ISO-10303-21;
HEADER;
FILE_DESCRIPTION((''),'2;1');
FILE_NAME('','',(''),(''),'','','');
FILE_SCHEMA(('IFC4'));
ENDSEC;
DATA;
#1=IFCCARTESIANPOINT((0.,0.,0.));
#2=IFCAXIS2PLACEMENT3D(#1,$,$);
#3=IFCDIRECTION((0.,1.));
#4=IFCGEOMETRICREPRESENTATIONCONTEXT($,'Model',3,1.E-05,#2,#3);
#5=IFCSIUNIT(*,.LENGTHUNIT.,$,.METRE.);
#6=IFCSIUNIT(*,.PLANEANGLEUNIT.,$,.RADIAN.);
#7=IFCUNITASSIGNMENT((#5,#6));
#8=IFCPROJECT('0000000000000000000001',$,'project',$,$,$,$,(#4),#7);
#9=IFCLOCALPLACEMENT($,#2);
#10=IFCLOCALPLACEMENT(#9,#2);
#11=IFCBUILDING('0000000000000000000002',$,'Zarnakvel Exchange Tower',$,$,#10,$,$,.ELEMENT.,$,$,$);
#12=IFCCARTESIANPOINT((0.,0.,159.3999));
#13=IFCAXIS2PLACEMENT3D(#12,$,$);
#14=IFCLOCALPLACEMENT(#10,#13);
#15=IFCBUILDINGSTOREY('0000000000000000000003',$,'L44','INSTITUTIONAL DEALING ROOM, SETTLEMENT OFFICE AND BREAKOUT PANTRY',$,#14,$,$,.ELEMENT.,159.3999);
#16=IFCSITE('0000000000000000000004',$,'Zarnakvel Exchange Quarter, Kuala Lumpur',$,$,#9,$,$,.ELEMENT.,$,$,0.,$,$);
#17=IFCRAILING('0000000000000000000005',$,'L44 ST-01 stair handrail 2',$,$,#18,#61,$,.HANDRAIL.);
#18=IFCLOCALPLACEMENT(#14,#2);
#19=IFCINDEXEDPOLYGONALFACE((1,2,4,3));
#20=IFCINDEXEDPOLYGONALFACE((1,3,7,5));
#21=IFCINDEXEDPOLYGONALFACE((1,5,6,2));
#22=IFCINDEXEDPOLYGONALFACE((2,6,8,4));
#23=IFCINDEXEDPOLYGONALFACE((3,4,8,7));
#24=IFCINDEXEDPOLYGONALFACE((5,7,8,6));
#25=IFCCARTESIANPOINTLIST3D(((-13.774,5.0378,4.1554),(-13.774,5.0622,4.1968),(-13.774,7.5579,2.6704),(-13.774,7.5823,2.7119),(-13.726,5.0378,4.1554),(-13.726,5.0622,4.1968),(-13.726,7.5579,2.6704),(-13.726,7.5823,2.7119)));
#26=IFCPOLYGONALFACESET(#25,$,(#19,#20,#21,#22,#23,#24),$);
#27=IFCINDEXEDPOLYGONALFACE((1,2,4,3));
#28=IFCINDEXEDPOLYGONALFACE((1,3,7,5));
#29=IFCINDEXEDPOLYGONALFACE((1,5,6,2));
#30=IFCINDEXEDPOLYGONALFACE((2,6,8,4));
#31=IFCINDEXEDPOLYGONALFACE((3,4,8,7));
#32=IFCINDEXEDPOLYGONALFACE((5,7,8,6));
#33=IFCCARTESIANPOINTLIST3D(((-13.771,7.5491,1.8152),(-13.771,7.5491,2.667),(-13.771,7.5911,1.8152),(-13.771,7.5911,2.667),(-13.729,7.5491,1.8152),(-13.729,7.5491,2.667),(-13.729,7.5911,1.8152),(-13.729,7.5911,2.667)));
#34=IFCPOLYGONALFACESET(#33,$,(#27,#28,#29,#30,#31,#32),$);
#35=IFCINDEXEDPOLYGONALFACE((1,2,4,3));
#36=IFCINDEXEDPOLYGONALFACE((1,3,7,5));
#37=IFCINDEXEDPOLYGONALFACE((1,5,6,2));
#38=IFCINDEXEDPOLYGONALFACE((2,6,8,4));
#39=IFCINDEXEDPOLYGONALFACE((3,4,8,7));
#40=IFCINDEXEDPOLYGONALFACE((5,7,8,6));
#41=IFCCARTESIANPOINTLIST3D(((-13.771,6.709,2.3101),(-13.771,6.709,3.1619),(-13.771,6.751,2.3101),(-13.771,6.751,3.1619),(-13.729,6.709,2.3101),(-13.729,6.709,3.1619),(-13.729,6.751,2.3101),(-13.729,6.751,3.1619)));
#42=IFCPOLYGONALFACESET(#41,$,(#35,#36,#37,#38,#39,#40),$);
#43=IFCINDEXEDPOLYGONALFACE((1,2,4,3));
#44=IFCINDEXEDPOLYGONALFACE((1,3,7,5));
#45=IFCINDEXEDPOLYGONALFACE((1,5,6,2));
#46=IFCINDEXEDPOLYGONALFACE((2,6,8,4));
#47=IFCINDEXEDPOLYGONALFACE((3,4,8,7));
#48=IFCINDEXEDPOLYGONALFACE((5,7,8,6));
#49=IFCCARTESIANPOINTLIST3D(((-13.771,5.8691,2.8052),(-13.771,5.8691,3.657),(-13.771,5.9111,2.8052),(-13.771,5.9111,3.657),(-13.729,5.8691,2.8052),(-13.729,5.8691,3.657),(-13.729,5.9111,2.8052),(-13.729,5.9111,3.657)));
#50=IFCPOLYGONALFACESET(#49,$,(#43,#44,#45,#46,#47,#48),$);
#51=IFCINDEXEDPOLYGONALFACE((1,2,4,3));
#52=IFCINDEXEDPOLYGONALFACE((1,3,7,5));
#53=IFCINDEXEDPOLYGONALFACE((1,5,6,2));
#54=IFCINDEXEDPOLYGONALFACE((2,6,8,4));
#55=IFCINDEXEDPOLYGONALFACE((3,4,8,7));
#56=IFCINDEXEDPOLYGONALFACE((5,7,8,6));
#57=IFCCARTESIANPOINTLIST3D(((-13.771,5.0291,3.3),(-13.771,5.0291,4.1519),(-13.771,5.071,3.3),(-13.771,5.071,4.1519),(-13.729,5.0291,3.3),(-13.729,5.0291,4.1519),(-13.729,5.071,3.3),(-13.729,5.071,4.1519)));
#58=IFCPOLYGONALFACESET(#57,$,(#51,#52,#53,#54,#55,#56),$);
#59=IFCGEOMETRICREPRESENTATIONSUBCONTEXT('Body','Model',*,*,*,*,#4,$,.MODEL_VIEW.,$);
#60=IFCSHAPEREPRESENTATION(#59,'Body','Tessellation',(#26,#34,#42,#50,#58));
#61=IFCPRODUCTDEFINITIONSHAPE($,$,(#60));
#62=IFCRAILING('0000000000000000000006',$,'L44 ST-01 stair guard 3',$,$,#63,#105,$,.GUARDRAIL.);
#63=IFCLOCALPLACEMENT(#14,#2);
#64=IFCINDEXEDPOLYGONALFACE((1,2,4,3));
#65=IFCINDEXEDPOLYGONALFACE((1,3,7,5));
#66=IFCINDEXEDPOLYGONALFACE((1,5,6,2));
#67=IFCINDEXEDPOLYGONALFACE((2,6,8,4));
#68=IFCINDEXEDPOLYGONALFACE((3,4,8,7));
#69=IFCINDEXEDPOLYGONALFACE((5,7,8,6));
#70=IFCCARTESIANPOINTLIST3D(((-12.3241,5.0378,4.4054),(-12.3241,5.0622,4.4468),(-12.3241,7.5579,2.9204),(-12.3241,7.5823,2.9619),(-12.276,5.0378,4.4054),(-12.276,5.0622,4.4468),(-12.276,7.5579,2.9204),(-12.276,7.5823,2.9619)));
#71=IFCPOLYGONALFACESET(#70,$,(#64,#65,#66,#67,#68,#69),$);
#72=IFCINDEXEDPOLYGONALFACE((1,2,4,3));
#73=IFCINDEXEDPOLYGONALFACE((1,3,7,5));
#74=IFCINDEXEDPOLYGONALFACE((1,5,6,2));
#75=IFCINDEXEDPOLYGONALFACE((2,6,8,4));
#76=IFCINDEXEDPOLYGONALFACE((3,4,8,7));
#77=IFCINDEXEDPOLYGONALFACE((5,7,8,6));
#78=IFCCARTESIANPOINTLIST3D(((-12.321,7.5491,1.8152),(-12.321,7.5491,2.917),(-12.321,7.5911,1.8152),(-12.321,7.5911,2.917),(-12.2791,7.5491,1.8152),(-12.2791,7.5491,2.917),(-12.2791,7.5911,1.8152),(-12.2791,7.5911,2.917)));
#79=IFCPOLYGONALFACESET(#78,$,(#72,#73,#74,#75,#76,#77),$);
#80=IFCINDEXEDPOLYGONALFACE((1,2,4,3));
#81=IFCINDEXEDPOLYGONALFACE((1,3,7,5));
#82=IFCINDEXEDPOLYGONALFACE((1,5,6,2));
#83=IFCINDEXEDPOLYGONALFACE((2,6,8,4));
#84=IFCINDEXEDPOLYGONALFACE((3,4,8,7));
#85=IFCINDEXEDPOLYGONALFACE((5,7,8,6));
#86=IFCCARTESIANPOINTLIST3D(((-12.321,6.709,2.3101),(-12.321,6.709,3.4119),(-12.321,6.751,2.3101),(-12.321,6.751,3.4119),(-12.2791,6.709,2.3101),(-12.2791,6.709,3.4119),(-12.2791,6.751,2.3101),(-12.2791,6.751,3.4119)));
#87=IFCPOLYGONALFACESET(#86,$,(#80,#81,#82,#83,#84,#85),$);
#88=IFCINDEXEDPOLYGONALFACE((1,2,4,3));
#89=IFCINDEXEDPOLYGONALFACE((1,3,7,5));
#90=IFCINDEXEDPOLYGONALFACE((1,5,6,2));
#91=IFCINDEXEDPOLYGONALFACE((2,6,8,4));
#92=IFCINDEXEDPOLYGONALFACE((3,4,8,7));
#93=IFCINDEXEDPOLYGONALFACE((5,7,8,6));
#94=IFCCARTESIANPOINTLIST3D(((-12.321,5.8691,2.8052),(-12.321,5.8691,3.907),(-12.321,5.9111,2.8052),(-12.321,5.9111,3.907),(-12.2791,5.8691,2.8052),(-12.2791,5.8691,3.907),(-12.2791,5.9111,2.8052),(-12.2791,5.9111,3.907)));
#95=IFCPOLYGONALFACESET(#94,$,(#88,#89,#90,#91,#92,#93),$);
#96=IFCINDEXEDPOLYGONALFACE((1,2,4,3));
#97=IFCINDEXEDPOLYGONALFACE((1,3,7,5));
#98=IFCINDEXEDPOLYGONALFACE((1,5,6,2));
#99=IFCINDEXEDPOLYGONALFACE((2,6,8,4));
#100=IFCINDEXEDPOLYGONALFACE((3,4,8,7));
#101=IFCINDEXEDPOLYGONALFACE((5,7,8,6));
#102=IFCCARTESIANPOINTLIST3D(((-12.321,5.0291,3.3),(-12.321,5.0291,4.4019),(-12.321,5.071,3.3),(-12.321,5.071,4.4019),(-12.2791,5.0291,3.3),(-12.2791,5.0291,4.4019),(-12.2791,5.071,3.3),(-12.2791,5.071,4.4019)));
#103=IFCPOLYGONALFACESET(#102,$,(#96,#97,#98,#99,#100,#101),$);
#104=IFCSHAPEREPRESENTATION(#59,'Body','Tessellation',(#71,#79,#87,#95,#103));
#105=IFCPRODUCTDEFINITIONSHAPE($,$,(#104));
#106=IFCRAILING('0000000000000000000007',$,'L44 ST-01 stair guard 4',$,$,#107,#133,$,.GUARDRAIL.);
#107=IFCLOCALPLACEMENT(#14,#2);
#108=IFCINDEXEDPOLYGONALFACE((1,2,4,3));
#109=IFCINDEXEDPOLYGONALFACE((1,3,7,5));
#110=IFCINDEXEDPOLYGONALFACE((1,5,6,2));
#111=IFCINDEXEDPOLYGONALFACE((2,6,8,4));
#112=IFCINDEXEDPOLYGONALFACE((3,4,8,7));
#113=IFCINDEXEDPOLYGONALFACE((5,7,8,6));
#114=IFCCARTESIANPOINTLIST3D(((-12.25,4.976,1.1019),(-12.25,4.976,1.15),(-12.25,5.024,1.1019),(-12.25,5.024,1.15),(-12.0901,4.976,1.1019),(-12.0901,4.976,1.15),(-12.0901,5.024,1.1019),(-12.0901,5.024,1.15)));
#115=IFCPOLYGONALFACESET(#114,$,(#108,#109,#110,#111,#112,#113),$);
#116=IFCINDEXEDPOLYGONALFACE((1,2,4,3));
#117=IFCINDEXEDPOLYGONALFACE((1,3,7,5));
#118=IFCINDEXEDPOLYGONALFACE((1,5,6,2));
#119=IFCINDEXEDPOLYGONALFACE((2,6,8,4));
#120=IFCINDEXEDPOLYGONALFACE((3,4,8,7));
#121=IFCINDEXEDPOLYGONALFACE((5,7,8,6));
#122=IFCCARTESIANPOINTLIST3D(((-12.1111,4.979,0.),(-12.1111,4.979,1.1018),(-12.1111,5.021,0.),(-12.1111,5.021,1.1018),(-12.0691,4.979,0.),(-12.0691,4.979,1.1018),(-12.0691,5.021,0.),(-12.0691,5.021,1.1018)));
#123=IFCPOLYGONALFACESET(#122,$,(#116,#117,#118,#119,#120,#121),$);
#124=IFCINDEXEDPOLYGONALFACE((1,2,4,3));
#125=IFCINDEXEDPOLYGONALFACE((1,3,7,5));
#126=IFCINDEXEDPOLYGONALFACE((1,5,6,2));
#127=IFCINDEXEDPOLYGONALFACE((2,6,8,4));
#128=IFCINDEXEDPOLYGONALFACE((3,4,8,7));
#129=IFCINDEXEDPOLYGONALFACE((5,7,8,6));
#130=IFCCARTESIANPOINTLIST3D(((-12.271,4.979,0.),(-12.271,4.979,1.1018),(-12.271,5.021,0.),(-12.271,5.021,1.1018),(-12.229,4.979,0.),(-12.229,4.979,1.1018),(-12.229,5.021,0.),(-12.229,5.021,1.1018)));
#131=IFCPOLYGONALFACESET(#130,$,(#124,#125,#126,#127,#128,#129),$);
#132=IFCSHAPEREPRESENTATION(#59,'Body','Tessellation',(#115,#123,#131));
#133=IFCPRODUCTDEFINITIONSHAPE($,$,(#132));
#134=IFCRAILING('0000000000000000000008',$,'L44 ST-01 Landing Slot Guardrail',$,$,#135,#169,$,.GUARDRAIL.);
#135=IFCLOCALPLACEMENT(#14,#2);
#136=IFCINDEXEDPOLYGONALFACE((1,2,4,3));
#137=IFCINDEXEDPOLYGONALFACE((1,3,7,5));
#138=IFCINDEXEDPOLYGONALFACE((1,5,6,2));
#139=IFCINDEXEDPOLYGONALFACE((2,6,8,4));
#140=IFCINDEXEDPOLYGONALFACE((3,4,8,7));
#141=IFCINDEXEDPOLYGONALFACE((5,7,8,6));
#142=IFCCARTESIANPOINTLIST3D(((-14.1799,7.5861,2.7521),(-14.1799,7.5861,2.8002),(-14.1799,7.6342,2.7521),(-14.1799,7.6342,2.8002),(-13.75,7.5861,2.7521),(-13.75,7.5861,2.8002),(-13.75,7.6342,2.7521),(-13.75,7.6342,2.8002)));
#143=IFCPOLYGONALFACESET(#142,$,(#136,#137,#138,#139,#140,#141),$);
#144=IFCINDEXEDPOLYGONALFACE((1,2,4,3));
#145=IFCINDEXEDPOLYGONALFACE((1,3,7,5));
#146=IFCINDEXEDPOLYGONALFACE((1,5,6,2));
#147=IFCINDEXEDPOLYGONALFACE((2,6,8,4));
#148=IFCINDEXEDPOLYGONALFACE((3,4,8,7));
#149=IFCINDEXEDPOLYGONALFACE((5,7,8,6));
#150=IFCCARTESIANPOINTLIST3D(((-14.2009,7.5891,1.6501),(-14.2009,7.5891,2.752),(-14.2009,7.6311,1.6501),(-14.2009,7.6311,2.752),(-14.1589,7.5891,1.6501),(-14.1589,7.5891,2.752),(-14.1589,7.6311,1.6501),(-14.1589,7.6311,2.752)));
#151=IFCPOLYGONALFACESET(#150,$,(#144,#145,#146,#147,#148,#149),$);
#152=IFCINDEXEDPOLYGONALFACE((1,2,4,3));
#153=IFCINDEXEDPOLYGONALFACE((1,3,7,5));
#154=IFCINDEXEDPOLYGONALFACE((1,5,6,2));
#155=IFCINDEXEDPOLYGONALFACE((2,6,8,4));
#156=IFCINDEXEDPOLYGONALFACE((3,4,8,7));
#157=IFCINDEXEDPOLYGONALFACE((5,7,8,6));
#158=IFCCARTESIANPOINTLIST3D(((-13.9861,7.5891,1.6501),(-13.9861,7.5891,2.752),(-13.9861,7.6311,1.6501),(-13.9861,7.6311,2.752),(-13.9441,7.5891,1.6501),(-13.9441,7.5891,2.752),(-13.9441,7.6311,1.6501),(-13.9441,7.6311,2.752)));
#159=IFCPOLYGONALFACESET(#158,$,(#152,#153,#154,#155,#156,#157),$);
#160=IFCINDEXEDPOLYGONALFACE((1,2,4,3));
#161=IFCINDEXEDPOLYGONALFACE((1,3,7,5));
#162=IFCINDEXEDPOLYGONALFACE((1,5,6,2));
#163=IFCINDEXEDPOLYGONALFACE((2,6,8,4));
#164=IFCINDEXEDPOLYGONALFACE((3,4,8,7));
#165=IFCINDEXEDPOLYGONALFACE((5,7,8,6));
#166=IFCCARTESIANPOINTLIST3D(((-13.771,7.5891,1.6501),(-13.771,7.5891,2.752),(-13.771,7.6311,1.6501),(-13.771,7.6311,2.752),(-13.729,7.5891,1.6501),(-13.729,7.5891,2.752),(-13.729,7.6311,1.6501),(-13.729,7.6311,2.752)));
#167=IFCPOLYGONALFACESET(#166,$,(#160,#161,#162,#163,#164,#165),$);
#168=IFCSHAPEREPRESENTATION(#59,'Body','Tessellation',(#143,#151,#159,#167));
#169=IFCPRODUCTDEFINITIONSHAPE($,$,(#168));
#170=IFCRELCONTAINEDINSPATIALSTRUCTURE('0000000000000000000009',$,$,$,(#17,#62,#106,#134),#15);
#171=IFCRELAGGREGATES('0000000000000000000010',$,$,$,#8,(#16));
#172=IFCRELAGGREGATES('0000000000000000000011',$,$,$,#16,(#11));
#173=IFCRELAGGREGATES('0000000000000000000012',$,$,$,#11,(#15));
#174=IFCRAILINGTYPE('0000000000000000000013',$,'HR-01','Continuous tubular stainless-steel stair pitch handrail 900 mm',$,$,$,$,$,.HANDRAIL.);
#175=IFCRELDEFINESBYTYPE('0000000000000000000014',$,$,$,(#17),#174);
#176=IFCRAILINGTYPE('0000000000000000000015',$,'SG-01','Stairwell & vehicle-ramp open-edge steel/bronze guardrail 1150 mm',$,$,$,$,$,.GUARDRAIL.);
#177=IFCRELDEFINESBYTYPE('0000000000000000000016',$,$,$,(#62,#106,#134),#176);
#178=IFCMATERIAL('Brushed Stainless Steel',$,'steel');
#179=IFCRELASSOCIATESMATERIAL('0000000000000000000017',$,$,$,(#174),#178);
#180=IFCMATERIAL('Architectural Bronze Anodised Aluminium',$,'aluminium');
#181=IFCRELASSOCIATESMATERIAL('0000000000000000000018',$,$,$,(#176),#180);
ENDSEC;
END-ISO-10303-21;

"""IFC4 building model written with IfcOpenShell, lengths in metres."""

from ifc_helpers import new_model, si_unit, direction, frame, origin, origin_2d, place, context, subcontext, project, spatial, rectangle, extrude, material, type_object, element, save


model = new_model("IFC4")

# Units and contexts
model_context = context("Model", 3, precision=1e-05, world=origin(), true_north=direction((0.0, 1.0)))
body_context = subcontext(model_context, "Body", "Model", "MODEL_VIEW")
ifc_project = project(units=[si_unit("LENGTHUNIT", "METRE"), si_unit("PLANEANGLEUNIT", "RADIAN")], contexts=[model_context])

# Site, building, storey
site_placement = place(None, origin())
site = spatial("IfcSite", under=ifc_project, at=site_placement, Name="Zarnakvel Exchange Quarter, Kuala Lumpur", CompositionType="ELEMENT", RefElevation=0.0)
building_placement = place(site_placement, origin())
building = spatial("IfcBuilding", under=site, at=building_placement, Name="Zarnakvel Exchange Tower", CompositionType="ELEMENT")
storey_placement = place(building_placement, frame((0.0, 0.0, 159.3999)))
storey = spatial("IfcBuildingStorey", under=building, at=storey_placement, Name="L44", Description="INSTITUTIONAL DEALING ROOM, SETTLEMENT OFFICE AND BREAKOUT PANTRY", CompositionType="ELEMENT", Elevation=159.3999)

# Shared definitions
ifc_material_1 = material(Name="Architectural Bronze Anodised Aluminium", Category="aluminium")

# Railings
ifc_material_2 = material(Name="Brushed Stainless Steel", Category="steel")
railing_type_1 = type_object("IfcRailingType", Name="HR-01", Description="Continuous tubular stainless-steel stair pitch handrail 900 mm", PredefinedType="HANDRAIL", material=ifc_material_2)
railing_1_placement = place(storey_placement, frame((-13.75, 7.5701, 1.8152)))
element("IfcRailing", 1, at=railing_1_placement, inside=storey, type_object=railing_type_1, Name="L44 ST-01 stair handrail 2", PredefinedType="HANDRAIL", context=body_context, shape_type="SweptSolid", body=[
    extrude(rectangle(XDim=0.0481, YDim=0.0481, at=origin_2d()), frame((0.0, 0.0, 0.876), z_axis=(0.0, -0.861561, 0.507655), x_axis=(1.0, 0.0, 0.0)), (0.0, 0.0, 1.0), 2.925),
    extrude(rectangle(XDim=0.042, YDim=0.042, at=origin_2d()), origin(), (0.0, 0.0, 1.0), 0.8518),
    extrude(rectangle(XDim=0.042, YDim=0.042, at=origin_2d()), frame((0.0, -0.8401, 0.4949)), (0.0, 0.0, 1.0), 0.8518),
    extrude(rectangle(XDim=0.042, YDim=0.042, at=origin_2d()), frame((0.0, -1.6799, 0.99)), (0.0, 0.0, 1.0), 0.8518),
    extrude(rectangle(XDim=0.042, YDim=0.042, at=origin_2d()), frame((0.0, -2.52, 1.4849)), (0.0, 0.0, 1.0), 0.8518),
])
railing_type_2 = type_object("IfcRailingType", Name="SG-01", Description="Stairwell & vehicle-ramp open-edge steel/bronze guardrail 1150 mm", PredefinedType="GUARDRAIL", material=ifc_material_1)
railing_2_placement = place(storey_placement, frame((-12.3, 7.5701, 1.8152)))
element("IfcRailing", 2, at=railing_2_placement, inside=storey, type_object=railing_type_2, Name="L44 ST-01 stair guard 3", PredefinedType="GUARDRAIL", context=body_context, shape_type="SweptSolid", body=[
    extrude(rectangle(XDim=0.0481, YDim=0.0481, at=origin_2d()), frame((0.0, 0.0, 1.126), z_axis=(0.0, -0.861561, 0.507655), x_axis=(1.0, 0.0, 0.0)), (0.0, 0.0, 1.0), 2.925),
    extrude(rectangle(XDim=0.042, YDim=0.042, at=origin_2d()), origin(), (0.0, 0.0, 1.0), 1.1018),
    extrude(rectangle(XDim=0.042, YDim=0.042, at=origin_2d()), frame((0.0, -0.8401, 0.4949)), (0.0, 0.0, 1.0), 1.1018),
    extrude(rectangle(XDim=0.042, YDim=0.042, at=origin_2d()), frame((0.0, -1.6799, 0.99)), (0.0, 0.0, 1.0), 1.1018),
    extrude(rectangle(XDim=0.042, YDim=0.042, at=origin_2d()), frame((0.0, -2.52, 1.4849)), (0.0, 0.0, 1.0), 1.1018),
])
railing_3_placement = place(storey_placement, frame((-12.0901, 5.0, 0.0)))
element("IfcRailing", 3, at=railing_3_placement, inside=storey, type_object=railing_type_2, Name="L44 ST-01 stair guard 4", PredefinedType="GUARDRAIL", context=body_context, shape_type="SweptSolid", body=[
    extrude(rectangle(XDim=0.0481, YDim=0.0481, at=origin_2d()), frame((0.0, 0.0, 1.126), z_axis=(-1.0, 0.0, 0.0), x_axis=(0.0, -1.0, 0.0)), (0.0, 0.0, 1.0), 0.1599),
    extrude(rectangle(XDim=0.042, YDim=0.042, at=origin_2d()), origin(), (0.0, 0.0, 1.0), 1.1018),
    extrude(rectangle(XDim=0.042, YDim=0.042, at=origin_2d()), frame((-0.1599, 0.0, 0.0)), (0.0, 0.0, 1.0), 1.1018),
])
railing_4_placement = place(storey_placement, frame((-14.1799, 7.6101, 1.6501)))
element("IfcRailing", 4, at=railing_4_placement, inside=storey, type_object=railing_type_2, Name="L44 ST-01 Landing Slot Guardrail", PredefinedType="GUARDRAIL", context=body_context, shape_type="SweptSolid", body=[
    extrude(rectangle(XDim=0.0481, YDim=0.0481, at=origin_2d()), frame((0.0, 0.0, 1.126), z_axis=(1.0, 0.0, 0.0), x_axis=(0.0, 1.0, 0.0)), (0.0, 0.0, 1.0), 0.4299),
    extrude(rectangle(XDim=0.042, YDim=0.042, at=origin_2d()), origin(), (0.0, 0.0, 1.0), 1.1018),
    extrude(rectangle(XDim=0.042, YDim=0.042, at=origin_2d()), frame((0.2148, 0.0, 0.0)), (0.0, 0.0, 1.0), 1.1018),
    extrude(rectangle(XDim=0.042, YDim=0.042, at=origin_2d()), frame((0.4299, 0.0, 0.0)), (0.0, 0.0, 1.0), 1.1018),
])

save(model, "model.ifc")
